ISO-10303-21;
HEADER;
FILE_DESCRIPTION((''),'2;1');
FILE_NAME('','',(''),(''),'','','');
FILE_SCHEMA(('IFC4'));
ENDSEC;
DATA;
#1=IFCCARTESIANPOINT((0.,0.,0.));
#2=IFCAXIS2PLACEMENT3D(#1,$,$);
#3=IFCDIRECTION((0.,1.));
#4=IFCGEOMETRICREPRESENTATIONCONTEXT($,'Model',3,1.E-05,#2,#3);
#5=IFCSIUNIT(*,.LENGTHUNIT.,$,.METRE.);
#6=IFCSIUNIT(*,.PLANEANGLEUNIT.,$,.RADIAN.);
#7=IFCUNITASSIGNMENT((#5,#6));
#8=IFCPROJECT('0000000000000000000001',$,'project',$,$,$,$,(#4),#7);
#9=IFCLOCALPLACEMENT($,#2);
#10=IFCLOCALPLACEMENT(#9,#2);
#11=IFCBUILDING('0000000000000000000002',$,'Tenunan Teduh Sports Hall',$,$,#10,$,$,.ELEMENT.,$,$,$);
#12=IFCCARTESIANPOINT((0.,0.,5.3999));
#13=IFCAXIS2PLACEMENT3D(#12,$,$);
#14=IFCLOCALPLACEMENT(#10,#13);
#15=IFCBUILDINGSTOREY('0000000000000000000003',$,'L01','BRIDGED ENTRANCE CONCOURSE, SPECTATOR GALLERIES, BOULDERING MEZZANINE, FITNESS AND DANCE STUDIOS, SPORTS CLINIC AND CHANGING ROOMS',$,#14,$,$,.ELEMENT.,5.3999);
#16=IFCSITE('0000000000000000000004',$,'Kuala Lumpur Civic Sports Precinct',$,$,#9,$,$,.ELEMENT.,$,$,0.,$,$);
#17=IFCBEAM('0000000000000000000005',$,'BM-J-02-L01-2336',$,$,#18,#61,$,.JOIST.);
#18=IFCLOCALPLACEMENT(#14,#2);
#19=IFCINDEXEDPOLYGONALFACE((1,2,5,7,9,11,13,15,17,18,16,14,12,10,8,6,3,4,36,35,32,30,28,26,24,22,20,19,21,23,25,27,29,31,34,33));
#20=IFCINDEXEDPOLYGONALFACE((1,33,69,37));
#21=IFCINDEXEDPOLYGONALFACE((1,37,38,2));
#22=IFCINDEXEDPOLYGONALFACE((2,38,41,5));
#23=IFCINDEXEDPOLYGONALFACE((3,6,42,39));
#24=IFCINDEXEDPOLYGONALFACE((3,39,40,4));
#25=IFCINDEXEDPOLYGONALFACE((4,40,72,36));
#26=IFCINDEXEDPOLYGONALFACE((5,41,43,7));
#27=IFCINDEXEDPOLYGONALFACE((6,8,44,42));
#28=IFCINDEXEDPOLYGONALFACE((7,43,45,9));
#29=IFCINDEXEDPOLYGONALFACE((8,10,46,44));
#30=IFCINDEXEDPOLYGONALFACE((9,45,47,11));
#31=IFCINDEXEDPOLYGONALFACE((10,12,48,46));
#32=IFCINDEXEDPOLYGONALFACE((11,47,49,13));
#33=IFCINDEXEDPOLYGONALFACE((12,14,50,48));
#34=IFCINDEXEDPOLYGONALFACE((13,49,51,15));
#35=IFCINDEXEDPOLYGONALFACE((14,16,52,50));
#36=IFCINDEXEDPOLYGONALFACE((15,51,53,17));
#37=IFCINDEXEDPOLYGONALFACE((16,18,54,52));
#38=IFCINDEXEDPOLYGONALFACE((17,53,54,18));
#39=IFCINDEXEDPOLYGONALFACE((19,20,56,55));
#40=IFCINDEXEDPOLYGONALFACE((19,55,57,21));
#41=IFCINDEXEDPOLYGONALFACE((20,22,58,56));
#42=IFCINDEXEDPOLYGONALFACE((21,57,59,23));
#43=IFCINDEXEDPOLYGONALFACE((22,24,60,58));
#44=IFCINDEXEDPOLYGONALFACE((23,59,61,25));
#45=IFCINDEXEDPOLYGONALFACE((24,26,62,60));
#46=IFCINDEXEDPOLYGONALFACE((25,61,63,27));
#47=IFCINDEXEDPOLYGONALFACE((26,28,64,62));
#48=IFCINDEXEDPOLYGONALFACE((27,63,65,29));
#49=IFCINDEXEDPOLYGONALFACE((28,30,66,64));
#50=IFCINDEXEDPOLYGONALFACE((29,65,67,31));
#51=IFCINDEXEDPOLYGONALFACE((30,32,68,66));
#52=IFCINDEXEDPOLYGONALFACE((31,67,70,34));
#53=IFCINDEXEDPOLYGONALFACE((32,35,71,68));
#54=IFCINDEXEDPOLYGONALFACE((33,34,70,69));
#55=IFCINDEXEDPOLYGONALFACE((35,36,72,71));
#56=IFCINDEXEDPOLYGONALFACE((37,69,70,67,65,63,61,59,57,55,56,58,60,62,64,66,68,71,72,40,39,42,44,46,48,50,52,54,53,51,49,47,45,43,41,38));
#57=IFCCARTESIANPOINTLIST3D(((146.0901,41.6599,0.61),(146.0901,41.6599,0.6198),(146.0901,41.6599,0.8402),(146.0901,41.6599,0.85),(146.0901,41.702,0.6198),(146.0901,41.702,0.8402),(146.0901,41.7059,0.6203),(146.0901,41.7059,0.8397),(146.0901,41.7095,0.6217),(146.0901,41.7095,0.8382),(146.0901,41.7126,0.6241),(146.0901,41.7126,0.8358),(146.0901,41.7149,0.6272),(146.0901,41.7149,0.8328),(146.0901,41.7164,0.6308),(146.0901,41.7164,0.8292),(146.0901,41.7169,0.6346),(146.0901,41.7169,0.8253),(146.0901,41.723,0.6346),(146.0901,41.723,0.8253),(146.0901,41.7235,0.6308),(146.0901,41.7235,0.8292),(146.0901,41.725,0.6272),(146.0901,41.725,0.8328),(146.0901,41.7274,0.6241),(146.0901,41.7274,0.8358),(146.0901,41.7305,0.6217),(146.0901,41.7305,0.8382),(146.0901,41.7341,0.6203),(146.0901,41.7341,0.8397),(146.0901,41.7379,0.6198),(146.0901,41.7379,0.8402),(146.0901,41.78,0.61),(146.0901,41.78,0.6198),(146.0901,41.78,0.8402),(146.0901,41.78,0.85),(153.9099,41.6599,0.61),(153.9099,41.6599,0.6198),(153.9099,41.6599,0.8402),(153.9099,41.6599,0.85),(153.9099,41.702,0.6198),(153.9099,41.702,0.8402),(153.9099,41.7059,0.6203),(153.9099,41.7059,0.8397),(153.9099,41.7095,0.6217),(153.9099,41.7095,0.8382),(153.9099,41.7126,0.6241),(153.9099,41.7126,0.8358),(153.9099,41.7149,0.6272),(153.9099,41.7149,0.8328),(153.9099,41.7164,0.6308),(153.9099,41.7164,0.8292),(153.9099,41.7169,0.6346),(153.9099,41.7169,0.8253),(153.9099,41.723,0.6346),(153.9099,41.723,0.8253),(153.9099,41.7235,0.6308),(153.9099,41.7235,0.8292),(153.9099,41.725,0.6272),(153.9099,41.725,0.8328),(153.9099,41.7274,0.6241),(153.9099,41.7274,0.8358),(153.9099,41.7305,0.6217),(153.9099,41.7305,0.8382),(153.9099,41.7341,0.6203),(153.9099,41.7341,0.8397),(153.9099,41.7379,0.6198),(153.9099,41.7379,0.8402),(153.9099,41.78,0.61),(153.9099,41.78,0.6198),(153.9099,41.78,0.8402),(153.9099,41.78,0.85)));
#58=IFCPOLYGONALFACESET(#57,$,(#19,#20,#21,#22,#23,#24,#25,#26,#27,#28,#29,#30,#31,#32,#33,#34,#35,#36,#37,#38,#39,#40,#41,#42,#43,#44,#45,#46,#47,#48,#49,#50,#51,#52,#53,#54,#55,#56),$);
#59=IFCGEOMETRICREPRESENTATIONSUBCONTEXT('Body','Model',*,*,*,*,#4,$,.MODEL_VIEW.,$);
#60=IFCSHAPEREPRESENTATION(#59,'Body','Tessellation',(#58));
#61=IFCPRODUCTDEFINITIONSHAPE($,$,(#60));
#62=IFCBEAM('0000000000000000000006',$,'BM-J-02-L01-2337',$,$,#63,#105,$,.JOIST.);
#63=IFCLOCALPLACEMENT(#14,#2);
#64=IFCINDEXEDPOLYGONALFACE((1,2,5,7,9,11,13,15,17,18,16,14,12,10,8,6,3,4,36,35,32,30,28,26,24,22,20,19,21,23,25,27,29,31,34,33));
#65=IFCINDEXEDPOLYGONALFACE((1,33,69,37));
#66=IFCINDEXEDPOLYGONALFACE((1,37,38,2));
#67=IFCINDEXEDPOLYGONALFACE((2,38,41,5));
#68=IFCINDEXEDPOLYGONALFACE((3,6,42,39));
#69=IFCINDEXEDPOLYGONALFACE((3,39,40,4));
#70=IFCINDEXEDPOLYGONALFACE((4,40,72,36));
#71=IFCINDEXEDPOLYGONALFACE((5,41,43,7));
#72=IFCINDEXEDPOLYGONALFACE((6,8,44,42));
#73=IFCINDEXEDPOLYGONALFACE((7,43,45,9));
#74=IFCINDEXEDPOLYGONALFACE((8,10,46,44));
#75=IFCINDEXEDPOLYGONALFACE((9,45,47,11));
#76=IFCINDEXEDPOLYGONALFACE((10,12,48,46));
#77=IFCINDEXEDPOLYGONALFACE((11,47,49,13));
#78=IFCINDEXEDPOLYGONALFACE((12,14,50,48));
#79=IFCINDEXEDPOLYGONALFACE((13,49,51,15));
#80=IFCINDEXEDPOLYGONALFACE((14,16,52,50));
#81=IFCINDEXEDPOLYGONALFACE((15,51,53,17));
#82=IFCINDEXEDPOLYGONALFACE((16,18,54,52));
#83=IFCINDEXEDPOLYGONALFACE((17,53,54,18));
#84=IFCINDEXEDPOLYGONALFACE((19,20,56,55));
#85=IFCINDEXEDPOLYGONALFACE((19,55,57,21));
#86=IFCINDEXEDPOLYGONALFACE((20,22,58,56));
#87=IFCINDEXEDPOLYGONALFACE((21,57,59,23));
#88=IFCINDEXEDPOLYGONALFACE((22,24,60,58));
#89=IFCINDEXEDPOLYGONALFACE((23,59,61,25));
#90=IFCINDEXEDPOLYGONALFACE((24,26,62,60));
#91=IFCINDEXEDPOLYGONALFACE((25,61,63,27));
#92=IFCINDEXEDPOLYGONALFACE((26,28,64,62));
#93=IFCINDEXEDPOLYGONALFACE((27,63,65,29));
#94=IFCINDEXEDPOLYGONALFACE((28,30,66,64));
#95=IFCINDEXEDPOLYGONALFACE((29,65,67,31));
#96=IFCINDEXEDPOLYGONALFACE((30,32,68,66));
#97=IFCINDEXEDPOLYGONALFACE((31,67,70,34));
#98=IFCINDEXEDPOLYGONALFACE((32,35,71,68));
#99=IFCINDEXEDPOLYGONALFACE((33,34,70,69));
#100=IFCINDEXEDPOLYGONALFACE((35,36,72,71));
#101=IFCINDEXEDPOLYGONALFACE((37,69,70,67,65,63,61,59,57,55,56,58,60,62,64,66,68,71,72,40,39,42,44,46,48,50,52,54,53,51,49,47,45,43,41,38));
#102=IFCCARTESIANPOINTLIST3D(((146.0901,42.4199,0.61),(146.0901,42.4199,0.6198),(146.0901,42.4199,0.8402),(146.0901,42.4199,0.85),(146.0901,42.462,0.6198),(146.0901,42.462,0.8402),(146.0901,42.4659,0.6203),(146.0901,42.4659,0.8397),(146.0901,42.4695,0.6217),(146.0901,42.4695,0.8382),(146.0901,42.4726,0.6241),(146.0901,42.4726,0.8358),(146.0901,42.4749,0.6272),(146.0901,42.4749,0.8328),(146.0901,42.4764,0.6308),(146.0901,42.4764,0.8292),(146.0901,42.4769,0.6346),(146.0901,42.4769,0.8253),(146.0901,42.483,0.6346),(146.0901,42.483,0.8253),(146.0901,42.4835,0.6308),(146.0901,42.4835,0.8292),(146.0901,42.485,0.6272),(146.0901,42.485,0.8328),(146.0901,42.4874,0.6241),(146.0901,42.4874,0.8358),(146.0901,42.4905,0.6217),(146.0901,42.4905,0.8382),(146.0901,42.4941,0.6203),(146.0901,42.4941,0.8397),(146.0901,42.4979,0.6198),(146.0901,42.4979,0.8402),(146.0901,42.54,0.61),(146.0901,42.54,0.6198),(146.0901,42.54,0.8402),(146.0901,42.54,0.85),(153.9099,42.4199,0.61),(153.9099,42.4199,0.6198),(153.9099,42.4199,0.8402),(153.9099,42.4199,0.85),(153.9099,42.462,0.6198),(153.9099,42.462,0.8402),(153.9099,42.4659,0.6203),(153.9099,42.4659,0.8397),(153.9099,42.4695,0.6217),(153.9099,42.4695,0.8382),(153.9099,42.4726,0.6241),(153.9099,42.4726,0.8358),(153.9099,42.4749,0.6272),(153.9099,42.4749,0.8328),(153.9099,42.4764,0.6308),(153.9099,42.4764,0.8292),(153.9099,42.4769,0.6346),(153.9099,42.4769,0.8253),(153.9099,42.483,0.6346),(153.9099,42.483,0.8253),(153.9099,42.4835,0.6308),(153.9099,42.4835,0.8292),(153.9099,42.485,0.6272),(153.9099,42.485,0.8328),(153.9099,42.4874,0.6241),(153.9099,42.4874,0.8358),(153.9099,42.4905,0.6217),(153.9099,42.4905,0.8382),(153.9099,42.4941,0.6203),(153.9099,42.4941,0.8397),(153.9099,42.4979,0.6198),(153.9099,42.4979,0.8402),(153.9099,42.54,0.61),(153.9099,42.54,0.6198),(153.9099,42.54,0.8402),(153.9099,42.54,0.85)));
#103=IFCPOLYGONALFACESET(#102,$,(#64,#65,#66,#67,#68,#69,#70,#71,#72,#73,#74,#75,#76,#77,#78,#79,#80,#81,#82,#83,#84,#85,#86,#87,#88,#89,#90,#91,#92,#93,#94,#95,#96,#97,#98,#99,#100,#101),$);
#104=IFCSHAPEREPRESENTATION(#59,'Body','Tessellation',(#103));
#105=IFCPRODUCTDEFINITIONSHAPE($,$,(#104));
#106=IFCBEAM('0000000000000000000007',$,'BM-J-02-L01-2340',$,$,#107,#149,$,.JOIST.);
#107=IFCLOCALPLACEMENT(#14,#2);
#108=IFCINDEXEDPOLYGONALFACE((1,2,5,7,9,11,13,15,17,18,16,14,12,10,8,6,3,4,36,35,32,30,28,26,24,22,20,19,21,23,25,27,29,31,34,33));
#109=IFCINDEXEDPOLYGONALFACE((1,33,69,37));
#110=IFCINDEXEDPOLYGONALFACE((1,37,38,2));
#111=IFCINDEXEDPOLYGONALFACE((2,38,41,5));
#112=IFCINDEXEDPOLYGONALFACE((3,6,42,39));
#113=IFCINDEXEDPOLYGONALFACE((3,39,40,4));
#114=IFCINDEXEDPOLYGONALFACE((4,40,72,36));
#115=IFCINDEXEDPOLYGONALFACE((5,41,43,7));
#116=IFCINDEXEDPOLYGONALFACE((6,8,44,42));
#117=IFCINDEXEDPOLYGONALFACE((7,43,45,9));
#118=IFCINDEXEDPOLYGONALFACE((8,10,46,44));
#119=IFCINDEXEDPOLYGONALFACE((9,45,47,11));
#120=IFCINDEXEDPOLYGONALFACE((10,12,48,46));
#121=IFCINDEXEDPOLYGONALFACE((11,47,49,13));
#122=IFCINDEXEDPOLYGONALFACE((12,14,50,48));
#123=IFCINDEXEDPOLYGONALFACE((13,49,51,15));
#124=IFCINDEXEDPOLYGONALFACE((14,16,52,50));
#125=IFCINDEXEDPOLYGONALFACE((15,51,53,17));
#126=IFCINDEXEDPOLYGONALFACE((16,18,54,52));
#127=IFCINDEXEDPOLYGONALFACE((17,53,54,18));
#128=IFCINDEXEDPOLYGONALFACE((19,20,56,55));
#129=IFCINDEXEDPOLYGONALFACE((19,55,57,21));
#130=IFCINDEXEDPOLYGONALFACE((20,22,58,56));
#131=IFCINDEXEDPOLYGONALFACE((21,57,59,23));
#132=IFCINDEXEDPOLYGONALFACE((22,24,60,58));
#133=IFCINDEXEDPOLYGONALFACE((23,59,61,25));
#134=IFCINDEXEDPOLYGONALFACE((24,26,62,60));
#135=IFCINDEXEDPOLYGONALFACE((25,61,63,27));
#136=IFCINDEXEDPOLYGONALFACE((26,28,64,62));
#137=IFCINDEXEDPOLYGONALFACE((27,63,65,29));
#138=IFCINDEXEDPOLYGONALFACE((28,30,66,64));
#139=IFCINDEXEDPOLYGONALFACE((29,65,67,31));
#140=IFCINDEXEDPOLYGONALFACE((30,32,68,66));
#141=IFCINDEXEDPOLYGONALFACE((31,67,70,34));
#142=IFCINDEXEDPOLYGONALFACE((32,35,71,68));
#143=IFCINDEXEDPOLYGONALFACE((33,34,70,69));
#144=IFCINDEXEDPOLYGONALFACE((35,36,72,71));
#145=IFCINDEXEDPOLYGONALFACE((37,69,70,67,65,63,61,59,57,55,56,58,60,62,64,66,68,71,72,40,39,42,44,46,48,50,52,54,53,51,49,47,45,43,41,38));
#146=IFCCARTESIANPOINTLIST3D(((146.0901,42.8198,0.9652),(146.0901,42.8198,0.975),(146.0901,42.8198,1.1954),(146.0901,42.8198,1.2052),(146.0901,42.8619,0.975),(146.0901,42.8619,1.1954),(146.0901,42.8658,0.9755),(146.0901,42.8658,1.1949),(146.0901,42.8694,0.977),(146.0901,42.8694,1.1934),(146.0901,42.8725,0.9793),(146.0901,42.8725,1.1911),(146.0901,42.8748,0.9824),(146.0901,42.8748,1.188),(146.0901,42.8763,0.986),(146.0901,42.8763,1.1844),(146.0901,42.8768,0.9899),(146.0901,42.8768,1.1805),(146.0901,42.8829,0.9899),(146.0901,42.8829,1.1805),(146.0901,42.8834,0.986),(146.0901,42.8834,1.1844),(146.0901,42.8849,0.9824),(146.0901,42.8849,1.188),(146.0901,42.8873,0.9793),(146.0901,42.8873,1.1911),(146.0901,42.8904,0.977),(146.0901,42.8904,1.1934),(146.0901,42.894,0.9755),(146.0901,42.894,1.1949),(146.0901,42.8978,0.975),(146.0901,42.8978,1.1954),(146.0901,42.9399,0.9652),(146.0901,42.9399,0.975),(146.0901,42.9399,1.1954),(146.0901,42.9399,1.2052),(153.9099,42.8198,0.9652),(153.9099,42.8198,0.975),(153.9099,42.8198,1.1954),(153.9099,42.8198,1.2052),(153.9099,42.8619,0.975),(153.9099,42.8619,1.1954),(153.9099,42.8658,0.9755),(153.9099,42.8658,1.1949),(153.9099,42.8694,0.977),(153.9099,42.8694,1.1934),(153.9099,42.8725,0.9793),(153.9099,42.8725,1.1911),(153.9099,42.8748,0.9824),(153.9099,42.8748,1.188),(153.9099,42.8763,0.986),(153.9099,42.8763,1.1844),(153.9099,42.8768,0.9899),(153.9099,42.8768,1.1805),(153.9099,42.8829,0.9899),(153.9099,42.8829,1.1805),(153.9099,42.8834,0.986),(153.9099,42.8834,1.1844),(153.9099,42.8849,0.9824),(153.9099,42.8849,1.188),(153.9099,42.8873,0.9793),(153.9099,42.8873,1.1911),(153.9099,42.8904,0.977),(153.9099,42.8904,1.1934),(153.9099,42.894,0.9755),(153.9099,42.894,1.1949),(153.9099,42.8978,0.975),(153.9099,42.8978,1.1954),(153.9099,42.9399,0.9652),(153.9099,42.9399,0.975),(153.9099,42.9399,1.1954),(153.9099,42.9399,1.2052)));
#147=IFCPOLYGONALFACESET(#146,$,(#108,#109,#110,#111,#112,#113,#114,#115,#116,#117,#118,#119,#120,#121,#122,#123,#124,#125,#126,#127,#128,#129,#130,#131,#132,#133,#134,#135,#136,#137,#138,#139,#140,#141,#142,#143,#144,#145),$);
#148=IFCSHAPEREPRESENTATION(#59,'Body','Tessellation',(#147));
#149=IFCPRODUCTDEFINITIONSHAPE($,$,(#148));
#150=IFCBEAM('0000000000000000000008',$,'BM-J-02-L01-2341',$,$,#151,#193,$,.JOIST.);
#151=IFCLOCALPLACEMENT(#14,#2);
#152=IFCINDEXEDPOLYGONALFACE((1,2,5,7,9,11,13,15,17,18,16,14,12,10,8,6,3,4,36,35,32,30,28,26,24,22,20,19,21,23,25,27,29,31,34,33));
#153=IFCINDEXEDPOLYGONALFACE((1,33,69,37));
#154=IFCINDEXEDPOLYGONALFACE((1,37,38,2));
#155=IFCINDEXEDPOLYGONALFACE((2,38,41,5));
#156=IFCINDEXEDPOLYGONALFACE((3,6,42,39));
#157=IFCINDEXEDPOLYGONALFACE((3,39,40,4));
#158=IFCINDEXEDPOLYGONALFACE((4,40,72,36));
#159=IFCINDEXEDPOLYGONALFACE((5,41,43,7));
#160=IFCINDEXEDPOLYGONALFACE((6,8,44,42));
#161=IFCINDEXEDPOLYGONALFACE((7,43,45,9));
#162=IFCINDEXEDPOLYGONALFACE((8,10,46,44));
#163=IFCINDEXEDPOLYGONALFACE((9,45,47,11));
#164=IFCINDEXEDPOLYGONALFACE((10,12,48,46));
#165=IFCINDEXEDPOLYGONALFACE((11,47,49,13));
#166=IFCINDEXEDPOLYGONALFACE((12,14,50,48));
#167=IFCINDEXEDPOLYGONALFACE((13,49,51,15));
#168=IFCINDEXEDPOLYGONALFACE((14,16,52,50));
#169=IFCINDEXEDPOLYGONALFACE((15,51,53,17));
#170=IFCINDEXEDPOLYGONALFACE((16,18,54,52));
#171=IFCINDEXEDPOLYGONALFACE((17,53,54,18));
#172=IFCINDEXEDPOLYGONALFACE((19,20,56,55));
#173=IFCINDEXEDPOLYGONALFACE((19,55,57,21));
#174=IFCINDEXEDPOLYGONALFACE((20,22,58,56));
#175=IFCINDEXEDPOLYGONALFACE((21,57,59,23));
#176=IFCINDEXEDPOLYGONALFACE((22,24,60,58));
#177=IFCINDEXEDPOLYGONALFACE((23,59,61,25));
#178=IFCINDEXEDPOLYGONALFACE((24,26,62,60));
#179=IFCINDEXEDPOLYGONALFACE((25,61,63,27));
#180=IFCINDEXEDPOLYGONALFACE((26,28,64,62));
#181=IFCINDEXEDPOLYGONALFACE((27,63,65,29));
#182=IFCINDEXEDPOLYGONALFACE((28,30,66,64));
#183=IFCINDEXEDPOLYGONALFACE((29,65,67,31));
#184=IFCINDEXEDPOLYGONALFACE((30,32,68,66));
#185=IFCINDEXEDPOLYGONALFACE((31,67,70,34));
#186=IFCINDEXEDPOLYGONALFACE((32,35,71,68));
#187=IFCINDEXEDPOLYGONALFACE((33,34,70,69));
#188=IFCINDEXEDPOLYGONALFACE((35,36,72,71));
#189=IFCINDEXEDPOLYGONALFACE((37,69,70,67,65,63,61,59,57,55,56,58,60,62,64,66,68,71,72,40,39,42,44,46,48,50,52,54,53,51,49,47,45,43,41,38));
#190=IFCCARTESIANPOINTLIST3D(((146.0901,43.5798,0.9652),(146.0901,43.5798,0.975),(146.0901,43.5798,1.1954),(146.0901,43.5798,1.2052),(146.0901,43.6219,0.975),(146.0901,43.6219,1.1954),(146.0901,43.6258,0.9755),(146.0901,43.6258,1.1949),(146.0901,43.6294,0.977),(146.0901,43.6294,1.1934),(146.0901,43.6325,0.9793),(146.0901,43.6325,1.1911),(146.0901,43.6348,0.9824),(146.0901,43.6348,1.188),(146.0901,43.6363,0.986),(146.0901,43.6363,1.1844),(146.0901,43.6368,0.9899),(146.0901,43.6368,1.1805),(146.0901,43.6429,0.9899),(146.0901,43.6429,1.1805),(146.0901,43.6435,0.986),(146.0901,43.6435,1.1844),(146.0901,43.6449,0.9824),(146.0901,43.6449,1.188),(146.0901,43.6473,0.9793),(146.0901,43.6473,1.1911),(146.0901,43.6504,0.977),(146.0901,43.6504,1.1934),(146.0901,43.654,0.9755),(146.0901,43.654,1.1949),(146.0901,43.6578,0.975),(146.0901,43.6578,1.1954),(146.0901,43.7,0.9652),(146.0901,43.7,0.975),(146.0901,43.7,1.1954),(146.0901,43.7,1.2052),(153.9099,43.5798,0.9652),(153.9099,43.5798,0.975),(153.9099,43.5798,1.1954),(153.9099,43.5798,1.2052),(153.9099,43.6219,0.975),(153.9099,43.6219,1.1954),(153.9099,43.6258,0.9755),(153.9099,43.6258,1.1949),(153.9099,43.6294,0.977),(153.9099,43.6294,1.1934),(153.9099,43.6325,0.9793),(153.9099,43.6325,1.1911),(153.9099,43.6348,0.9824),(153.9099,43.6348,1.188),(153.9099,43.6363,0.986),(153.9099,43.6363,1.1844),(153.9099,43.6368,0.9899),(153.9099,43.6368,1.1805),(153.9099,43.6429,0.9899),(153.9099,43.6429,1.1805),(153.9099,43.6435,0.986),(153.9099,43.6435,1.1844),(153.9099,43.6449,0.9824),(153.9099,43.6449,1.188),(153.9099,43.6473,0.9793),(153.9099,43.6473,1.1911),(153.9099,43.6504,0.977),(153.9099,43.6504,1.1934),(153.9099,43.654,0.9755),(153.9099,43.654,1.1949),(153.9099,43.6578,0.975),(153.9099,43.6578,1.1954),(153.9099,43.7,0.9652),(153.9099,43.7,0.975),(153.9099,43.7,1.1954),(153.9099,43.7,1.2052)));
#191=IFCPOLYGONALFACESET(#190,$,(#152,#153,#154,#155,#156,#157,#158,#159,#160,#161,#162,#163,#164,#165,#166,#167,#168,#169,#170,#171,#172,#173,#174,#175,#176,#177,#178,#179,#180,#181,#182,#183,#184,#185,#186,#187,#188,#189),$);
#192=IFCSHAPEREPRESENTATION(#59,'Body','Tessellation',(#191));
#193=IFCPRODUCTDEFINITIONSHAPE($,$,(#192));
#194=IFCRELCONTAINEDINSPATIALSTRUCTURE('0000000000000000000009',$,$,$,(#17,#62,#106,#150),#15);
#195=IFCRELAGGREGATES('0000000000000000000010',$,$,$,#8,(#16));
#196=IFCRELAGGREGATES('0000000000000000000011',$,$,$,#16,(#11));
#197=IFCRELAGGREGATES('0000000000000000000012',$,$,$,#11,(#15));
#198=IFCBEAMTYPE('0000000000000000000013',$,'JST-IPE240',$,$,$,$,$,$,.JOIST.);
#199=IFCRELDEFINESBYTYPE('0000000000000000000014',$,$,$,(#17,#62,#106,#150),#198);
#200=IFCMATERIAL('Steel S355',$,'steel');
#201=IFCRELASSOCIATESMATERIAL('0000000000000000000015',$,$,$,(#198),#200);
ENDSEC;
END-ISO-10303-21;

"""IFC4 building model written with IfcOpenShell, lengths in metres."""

from ifc_helpers import new_model, si_unit, direction, frame, origin, origin_2d, place, context, subcontext, project, spatial, i_section, extrude, material, material_profile, profile_set, type_object, element, save


model = new_model("IFC4")

# Units and contexts
model_context = context("Model", 3, precision=1e-05, world=origin(), true_north=direction((0.0, 1.0)))
body_context = subcontext(model_context, "Body", "Model", "MODEL_VIEW")
ifc_project = project(units=[si_unit("LENGTHUNIT", "METRE"), si_unit("PLANEANGLEUNIT", "RADIAN")], contexts=[model_context])

# Site, building, storey
site_placement = place(None, origin())
site = spatial("IfcSite", under=ifc_project, at=site_placement, Name="Kuala Lumpur Civic Sports Precinct", CompositionType="ELEMENT", RefElevation=0.0)
building_placement = place(site_placement, origin())
building = spatial("IfcBuilding", under=site, at=building_placement, Name="Tenunan Teduh Sports Hall", CompositionType="ELEMENT")
storey_placement = place(building_placement, frame((0.0, 0.0, 5.3999)))
storey = spatial("IfcBuildingStorey", under=building, at=storey_placement, Name="L01", Description="BRIDGED ENTRANCE CONCOURSE, SPECTATOR GALLERIES, BOULDERING MEZZANINE, FITNESS AND DANCE STUDIOS, SPORTS CLINIC AND CHANGING ROOMS", CompositionType="ELEMENT", Elevation=5.3999)

# Beams
ifc_material_1 = material(Name="Steel S355", Category="steel")
ifc_material_profile_1 = material_profile(ifc_material_1, i_section(OverallWidth=0.1201, OverallDepth=0.24, WebThickness=0.0061, FlangeThickness=0.0098, FilletRadius=0.0149, at=origin_2d()), Name="IPE 240")
ifc_profile_set_1 = profile_set([ifc_material_profile_1], Name="Steel S355")
beam_type_1 = type_object("IfcBeamType", Name="JST-IPE240", PredefinedType="JOIST", material=ifc_profile_set_1)
for number, where, z_axis, x_axis, name in (
    (1, (146.0901, 41.72, 0.73), (1.0, 0.0, 0.0), (0.0, 1.0, 0.0), "BM-J-02-L01-2336"),
    (2, (146.0901, 42.48, 0.73), (1.0, 0.0, 0.0), (0.0, 1.0, 0.0), "BM-J-02-L01-2337"),
    (3, (146.0901, 42.8799, 1.0852), (1.0, 0.0, 0.0), (0.0, 1.0, 0.0), "BM-J-02-L01-2340"),
    (4, (146.0901, 43.6399, 1.0852), (1.0, 0.0, 0.0), (0.0, 1.0, 0.0), "BM-J-02-L01-2341"),
):
    element("IfcBeam", number, at=place(storey_placement, frame(where, z_axis=z_axis, x_axis=x_axis)), inside=storey, type_object=beam_type_1, Name=name, PredefinedType="JOIST", context=body_context, shape_type="SweptSolid", body=[
        extrude(i_section(OverallWidth=0.1201, OverallDepth=0.24, WebThickness=0.0061, FlangeThickness=0.0098, FilletRadius=0.0149, at=origin_2d()), origin(), (0.0, 0.0, 1.0), 7.8198),
    ])

save(model, "model.ifc")
